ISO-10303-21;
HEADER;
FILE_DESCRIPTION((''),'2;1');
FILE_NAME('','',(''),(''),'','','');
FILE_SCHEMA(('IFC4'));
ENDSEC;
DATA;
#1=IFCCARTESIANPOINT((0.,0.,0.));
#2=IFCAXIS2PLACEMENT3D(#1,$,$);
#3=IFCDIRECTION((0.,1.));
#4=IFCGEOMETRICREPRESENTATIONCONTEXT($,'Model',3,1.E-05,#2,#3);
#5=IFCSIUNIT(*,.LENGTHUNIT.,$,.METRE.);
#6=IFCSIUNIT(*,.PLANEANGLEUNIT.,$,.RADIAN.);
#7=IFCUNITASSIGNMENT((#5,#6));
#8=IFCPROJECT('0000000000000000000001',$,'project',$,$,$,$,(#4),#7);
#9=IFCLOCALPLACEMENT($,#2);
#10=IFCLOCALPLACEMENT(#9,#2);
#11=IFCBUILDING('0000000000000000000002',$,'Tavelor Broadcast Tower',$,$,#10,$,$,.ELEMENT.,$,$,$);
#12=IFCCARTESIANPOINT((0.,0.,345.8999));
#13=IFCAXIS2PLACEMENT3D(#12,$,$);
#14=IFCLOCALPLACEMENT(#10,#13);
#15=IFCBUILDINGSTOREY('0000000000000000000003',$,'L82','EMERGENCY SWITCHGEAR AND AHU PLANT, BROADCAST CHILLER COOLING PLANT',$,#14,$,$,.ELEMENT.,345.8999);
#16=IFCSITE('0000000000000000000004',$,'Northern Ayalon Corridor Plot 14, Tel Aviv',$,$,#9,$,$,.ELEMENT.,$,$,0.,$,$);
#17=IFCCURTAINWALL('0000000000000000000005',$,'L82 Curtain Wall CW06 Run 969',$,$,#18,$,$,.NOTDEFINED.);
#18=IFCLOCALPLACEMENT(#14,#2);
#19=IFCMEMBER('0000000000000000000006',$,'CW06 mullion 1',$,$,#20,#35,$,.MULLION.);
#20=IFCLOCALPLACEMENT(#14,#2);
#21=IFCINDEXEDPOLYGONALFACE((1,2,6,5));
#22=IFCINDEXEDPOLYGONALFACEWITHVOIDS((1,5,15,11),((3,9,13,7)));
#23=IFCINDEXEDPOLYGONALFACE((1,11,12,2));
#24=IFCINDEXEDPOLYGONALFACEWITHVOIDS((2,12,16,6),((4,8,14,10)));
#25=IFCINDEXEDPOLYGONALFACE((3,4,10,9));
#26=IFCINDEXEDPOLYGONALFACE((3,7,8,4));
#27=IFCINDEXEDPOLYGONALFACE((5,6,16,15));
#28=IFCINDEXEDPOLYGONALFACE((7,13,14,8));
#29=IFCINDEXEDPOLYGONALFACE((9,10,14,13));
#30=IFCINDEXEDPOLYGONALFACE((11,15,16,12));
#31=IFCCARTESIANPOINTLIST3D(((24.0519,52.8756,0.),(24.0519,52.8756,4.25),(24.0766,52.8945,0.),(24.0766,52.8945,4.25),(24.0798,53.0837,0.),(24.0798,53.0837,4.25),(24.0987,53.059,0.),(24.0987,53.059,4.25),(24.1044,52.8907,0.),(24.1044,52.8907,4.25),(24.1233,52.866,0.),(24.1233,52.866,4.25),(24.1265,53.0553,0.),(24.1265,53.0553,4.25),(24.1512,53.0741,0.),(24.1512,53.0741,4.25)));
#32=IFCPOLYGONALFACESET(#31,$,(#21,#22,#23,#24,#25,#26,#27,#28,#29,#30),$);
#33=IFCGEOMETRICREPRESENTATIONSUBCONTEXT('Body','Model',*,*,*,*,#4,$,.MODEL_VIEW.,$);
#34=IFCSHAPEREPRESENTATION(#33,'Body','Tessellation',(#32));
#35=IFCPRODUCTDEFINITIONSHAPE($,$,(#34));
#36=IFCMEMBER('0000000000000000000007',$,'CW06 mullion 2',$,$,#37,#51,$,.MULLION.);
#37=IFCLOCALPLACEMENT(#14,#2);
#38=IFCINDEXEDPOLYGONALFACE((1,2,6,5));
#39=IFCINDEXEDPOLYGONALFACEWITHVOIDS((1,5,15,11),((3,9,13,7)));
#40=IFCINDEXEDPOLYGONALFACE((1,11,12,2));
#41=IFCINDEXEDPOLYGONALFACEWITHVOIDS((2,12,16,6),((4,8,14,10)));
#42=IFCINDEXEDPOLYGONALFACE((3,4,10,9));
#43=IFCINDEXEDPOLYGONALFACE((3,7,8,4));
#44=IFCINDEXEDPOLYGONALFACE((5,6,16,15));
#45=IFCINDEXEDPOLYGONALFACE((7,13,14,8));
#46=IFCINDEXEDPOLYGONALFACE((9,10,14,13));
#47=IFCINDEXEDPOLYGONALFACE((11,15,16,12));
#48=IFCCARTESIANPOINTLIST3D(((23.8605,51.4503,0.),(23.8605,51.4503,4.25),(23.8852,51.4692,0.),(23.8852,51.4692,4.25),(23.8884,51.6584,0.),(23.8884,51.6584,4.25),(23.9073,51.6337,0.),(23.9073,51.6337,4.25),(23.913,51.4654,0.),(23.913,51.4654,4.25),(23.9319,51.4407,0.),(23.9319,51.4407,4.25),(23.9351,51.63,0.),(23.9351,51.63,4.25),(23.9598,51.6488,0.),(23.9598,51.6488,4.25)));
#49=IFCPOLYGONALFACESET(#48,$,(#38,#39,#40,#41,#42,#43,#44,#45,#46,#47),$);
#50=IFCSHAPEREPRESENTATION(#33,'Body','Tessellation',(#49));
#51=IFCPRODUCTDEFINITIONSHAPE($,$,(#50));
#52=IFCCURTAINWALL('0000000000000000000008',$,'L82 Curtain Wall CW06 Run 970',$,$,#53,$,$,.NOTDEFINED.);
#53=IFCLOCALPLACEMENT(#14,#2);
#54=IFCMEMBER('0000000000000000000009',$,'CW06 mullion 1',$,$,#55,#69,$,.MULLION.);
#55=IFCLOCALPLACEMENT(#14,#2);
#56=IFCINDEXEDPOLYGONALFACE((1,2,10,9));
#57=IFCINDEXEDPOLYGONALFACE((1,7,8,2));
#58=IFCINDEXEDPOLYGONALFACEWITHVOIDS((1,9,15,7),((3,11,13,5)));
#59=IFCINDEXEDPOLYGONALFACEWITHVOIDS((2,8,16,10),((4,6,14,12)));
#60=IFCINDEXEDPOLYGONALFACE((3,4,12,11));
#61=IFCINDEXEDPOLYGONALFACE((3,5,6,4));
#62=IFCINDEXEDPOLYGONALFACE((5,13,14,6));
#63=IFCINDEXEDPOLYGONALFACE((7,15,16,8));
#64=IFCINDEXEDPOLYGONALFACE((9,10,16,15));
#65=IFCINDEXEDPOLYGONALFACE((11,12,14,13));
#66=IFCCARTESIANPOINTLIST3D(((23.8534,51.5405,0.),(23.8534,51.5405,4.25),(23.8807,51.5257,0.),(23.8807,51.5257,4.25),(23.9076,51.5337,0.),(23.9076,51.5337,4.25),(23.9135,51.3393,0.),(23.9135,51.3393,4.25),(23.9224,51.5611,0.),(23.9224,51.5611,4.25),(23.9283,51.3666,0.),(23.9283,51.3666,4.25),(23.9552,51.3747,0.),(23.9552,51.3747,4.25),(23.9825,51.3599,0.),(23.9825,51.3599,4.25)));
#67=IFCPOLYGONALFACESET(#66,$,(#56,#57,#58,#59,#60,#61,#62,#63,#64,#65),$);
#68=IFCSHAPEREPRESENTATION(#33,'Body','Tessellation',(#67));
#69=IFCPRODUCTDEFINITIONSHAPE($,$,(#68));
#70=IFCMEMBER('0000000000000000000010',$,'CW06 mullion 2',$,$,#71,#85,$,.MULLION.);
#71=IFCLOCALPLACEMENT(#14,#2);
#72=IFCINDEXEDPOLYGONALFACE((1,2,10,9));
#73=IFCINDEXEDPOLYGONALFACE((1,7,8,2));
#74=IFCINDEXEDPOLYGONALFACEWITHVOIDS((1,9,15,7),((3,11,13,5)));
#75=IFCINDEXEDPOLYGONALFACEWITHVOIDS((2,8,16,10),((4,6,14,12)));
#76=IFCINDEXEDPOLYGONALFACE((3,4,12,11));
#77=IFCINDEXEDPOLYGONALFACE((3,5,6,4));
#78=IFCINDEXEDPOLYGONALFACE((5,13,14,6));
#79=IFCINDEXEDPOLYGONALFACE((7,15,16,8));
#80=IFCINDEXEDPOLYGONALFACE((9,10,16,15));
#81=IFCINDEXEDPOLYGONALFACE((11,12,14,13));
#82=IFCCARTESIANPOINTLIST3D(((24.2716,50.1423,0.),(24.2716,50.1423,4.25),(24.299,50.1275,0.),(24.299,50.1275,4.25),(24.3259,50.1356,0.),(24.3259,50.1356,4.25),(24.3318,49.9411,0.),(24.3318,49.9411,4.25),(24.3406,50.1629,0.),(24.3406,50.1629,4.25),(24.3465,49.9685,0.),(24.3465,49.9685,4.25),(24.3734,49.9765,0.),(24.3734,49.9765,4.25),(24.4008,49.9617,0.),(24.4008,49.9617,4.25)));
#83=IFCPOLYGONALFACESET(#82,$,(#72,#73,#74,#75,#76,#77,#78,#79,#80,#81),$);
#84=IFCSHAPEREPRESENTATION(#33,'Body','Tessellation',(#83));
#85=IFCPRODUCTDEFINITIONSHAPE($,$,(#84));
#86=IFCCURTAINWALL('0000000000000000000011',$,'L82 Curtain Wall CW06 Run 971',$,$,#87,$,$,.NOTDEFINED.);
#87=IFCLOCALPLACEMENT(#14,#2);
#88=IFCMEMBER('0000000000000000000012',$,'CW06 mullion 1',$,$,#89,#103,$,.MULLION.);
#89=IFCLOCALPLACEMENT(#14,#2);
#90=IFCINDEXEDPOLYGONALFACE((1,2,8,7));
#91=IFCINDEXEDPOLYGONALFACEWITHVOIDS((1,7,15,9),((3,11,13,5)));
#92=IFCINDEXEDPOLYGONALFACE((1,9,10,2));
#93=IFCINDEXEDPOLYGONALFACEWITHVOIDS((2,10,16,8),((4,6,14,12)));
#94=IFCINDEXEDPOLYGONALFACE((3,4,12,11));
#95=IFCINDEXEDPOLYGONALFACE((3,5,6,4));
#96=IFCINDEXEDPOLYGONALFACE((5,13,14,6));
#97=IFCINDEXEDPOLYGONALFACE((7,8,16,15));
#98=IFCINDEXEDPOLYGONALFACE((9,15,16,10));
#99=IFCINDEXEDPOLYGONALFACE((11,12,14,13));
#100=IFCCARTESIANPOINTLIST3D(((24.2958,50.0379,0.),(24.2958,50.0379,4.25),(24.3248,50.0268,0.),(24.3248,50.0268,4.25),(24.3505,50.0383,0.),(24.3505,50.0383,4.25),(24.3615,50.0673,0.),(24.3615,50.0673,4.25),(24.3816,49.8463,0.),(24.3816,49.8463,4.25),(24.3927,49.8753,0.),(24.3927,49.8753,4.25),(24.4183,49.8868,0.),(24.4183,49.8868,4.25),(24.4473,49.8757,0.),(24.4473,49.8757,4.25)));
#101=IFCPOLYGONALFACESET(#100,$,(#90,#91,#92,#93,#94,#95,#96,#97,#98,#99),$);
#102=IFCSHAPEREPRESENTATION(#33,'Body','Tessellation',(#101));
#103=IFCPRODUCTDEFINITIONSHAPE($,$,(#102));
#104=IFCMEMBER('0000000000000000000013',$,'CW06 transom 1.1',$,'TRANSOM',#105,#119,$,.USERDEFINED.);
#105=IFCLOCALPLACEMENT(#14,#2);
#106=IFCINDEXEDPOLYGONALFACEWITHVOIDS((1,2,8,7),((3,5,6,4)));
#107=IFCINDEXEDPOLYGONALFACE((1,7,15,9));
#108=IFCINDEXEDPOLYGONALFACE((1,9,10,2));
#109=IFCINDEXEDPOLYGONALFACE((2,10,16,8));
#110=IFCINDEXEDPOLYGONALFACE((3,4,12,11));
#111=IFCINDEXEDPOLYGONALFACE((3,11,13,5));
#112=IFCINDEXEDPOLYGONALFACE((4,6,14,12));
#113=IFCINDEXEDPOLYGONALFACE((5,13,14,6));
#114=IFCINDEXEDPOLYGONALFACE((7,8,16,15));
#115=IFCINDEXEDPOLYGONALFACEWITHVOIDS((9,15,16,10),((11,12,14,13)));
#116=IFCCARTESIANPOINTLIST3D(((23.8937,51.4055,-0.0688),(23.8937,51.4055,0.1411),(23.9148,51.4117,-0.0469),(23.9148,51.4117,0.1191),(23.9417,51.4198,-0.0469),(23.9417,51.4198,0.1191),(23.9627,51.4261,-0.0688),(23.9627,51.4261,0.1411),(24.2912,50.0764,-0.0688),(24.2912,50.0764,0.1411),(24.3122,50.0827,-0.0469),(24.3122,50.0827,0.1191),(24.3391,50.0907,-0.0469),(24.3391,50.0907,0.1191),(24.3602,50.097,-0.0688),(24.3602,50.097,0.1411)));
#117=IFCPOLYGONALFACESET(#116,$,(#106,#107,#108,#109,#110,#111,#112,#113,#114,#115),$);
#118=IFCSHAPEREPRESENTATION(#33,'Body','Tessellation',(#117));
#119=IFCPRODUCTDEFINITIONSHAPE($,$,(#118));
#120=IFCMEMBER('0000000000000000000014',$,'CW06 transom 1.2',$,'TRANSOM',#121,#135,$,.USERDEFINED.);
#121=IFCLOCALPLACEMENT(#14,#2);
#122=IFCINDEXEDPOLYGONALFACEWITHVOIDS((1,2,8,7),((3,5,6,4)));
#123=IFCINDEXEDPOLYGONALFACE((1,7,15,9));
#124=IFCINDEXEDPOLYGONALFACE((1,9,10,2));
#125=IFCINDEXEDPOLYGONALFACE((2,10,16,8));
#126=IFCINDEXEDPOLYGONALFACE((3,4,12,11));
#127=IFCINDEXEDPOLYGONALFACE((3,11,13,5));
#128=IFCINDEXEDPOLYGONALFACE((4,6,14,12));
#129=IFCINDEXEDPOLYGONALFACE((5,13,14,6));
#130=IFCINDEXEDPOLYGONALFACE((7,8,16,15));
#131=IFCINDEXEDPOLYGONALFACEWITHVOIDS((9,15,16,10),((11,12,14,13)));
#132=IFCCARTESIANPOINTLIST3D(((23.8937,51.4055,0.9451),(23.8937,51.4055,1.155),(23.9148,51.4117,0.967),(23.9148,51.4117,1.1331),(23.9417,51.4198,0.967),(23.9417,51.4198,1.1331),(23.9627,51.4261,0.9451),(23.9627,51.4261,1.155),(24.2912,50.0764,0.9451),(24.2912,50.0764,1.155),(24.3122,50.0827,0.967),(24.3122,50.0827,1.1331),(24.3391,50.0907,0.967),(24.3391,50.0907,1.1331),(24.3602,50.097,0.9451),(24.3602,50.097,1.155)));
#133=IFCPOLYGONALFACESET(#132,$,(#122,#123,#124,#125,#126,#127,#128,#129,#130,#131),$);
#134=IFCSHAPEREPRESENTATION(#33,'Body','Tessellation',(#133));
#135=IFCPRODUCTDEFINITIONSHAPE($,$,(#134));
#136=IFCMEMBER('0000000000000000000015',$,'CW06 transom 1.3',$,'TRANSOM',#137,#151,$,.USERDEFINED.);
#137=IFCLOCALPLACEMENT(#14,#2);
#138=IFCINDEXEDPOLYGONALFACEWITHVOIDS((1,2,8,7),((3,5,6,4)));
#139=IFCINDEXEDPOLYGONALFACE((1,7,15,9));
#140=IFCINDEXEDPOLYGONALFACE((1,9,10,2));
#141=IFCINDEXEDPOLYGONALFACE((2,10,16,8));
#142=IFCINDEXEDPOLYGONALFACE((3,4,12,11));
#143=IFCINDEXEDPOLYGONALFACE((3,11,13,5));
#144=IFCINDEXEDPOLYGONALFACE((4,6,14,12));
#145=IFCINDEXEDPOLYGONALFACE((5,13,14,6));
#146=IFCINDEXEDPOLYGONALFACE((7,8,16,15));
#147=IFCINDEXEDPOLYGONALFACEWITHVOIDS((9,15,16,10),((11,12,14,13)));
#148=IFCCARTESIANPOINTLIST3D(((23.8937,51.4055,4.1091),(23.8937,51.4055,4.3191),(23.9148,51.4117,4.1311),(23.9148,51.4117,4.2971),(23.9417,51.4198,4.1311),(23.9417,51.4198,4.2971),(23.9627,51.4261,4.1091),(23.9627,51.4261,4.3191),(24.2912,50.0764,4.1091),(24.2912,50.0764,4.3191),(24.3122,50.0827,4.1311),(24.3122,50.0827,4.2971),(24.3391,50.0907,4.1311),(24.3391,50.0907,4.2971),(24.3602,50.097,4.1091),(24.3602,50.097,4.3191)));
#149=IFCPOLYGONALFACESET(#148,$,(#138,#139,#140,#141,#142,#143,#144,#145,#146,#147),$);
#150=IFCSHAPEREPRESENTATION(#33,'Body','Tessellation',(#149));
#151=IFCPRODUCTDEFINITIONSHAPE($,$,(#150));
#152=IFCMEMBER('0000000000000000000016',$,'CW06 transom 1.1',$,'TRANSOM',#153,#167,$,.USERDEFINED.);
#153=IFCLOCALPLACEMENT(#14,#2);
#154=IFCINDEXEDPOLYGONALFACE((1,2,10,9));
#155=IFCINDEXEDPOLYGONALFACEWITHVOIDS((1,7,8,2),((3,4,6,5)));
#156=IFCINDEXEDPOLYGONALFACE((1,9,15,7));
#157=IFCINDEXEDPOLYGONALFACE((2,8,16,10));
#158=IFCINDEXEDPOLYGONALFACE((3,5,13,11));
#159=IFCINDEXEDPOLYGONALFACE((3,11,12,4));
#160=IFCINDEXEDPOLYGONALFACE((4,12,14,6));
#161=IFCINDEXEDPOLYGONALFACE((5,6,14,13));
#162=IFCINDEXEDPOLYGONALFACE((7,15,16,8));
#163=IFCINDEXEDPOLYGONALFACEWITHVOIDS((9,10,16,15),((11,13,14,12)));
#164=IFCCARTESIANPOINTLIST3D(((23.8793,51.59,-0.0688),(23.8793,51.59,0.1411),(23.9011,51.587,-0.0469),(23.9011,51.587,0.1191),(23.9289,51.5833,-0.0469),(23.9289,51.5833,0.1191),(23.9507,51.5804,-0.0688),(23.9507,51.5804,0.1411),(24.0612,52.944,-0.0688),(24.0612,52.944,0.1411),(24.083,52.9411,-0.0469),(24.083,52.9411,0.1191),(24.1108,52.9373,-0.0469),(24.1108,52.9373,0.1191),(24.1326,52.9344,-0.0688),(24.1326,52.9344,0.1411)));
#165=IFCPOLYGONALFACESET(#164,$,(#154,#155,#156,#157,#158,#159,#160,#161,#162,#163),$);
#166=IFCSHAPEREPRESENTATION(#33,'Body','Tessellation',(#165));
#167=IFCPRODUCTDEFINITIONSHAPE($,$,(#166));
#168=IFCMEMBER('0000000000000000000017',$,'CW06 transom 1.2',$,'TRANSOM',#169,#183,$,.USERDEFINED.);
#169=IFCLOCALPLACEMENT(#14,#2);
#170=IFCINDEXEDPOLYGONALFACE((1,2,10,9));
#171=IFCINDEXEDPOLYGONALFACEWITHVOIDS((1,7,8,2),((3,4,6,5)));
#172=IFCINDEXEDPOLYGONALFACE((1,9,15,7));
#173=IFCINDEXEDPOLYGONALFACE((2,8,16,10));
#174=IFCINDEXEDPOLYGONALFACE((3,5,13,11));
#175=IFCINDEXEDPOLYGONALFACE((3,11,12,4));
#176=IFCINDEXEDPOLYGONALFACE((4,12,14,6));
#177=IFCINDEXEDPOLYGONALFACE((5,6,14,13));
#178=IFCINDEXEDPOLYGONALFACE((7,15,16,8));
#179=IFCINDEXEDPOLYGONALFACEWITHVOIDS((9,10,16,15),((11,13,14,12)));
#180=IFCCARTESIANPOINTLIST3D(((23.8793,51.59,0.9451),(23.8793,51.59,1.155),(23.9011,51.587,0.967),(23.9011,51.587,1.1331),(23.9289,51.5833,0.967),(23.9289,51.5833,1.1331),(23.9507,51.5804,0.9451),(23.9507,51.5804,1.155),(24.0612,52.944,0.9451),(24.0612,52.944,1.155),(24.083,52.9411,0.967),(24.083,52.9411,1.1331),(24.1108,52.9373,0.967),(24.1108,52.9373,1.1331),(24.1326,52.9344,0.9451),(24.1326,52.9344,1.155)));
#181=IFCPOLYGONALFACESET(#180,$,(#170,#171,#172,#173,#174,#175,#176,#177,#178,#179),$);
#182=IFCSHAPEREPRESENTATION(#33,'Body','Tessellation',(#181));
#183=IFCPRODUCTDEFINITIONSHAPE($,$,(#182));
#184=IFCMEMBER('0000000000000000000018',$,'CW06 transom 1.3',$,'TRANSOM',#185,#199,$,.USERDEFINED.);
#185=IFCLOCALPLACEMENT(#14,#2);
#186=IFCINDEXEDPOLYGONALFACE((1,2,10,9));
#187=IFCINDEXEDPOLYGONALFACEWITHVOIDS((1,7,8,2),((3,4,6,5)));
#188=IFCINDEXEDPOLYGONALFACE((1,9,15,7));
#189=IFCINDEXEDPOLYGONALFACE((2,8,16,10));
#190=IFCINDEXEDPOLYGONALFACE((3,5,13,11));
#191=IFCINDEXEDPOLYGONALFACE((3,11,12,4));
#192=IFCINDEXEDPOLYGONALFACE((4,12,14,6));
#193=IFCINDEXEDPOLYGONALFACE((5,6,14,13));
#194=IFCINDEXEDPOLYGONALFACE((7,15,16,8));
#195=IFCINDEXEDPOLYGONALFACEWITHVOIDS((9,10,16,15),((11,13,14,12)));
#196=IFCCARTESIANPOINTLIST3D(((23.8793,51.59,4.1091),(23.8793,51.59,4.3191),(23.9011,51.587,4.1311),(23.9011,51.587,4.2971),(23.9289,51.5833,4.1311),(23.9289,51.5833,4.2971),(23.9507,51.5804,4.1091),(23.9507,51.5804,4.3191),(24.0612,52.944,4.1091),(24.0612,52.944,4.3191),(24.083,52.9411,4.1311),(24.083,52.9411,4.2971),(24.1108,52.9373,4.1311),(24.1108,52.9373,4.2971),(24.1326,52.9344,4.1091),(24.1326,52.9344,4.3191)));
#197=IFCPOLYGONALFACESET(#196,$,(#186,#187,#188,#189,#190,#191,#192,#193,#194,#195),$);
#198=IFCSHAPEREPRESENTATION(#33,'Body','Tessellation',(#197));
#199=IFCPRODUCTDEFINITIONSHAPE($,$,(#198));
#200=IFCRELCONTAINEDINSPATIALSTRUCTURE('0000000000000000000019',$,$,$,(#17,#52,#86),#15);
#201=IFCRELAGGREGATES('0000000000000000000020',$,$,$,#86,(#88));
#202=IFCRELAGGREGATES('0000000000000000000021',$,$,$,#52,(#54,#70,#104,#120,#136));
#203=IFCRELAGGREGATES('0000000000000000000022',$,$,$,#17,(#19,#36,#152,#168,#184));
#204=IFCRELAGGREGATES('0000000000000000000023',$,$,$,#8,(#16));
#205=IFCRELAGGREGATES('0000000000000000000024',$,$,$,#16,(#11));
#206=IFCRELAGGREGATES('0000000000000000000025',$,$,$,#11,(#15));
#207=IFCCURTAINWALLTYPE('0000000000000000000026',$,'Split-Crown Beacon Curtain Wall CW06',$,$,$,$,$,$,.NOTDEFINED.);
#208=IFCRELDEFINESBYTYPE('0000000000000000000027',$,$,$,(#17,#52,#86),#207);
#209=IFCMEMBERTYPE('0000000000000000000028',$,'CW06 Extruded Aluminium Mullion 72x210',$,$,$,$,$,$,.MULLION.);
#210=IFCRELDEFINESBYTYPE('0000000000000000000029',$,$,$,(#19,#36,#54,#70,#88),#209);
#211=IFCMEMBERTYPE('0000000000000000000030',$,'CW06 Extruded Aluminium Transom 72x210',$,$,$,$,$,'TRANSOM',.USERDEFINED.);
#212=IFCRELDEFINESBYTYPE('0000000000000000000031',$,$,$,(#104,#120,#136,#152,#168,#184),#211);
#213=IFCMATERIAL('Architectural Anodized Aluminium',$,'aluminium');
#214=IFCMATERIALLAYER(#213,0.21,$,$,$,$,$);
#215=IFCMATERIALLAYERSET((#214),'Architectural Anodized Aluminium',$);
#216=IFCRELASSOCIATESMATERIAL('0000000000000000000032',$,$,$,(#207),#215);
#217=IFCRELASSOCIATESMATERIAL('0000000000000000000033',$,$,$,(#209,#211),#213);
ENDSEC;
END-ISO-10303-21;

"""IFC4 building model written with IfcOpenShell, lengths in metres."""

from ifc_helpers import new_model, si_unit, direction, frame, origin, origin_2d, place, context, subcontext, project, spatial, hollow_rectangle, extrude, source, transform, mapped, material, layer, layer_set, material_profile, profile_set, type_object, type_shapes, element, aggregate, save


model = new_model("IFC4")

# Units and contexts
model_context = context("Model", 3, precision=1e-05, world=origin(), true_north=direction((0.0, 1.0)))
body_context = subcontext(model_context, "Body", "Model", "MODEL_VIEW")
ifc_project = project(units=[si_unit("LENGTHUNIT", "METRE"), si_unit("PLANEANGLEUNIT", "RADIAN")], contexts=[model_context])

# Site, building, storey
site_placement = place(None, origin())
site = spatial("IfcSite", under=ifc_project, at=site_placement, Name="Northern Ayalon Corridor Plot 14, Tel Aviv", CompositionType="ELEMENT", RefElevation=0.0)
building_placement = place(site_placement, origin())
building = spatial("IfcBuilding", under=site, at=building_placement, Name="Tavelor Broadcast Tower", CompositionType="ELEMENT")
storey_placement = place(building_placement, frame((0.0, 0.0, 345.8999)))
storey = spatial("IfcBuildingStorey", under=building, at=storey_placement, Name="L82", Description="EMERGENCY SWITCHGEAR AND AHU PLANT, BROADCAST CHILLER COOLING PLANT", CompositionType="ELEMENT", Elevation=345.8999)

# Curtain walls, members
ifc_material_1 = material(Name="Architectural Anodized Aluminium", Category="aluminium")
ifc_layer_1 = layer(ifc_material_1, 0.21)
ifc_layer_set_1 = layer_set([ifc_layer_1], Name="Architectural Anodized Aluminium")
curtain_wall_type = type_object("IfcCurtainWallType", Name="Split-Crown Beacon Curtain Wall CW06", PredefinedType="NOTDEFINED", material=ifc_layer_set_1)
curtain_wall_1_placement = place(storey_placement, origin())
curtain_wall_1 = element("IfcCurtainWall", 1, at=curtain_wall_1_placement, inside=storey, type_object=curtain_wall_type, Name="L82 Curtain Wall CW06 Run 969", PredefinedType="NOTDEFINED")
ifc_material_profile_1 = material_profile(ifc_material_1, hollow_rectangle(XDim=0.072, YDim=0.21, WallThickness=0.022, at=origin_2d()), Name="RHS 72x210x22")
ifc_profile_set_1 = profile_set([ifc_material_profile_1], Name="Architectural Anodized Aluminium")
member_type_1 = type_object("IfcMemberType", Name="CW06 Extruded Aluminium Mullion 72x210", PredefinedType="MULLION", material=ifc_profile_set_1)
shared_shape_1 = source(origin(), body_context, "Body", "SweptSolid", [
    extrude(hollow_rectangle(XDim=0.072, YDim=0.21, WallThickness=0.022, at=origin_2d()), origin(), (0.0, 0.0, 1.0), 4.25),
])
type_shapes(member_type_1, [shared_shape_1])
member_1_placement = place(storey_placement, frame((24.1016, 52.9749, 0.0), z_axis=(0.0, 0.0, 1.0), x_axis=(0.991103, -0.133101, 0.0)))
member_1 = element("IfcMember", 2, at=member_1_placement, type_object=member_type_1, Name="CW06 mullion 1", PredefinedType="MULLION", context=body_context, shape_type="MappedRepresentation", body=[
    mapped(shared_shape_1, transform((0.0, 0.0, 0.0), scale=1.0)),
])
member_2_placement = place(storey_placement, frame((23.9102, 51.5496, 0.0), z_axis=(0.0, 0.0, 1.0), x_axis=(0.991103, -0.133101, 0.0)))
member_2 = element("IfcMember", 3, at=member_2_placement, type_object=member_type_1, Name="CW06 mullion 2", PredefinedType="MULLION", context=body_context, shape_type="MappedRepresentation", body=[
    mapped(shared_shape_1, transform((0.0, 0.0, 0.0), scale=1.0)),
])
curtain_wall_2_placement = place(storey_placement, origin())
curtain_wall_2 = element("IfcCurtainWall", 4, at=curtain_wall_2_placement, inside=storey, type_object=curtain_wall_type, Name="L82 Curtain Wall CW06 Run 970", PredefinedType="NOTDEFINED")
member_3_placement = place(storey_placement, frame((23.918, 51.4502, 0.0), z_axis=(0.0, 0.0, 1.0), x_axis=(0.958083, 0.286491, 0.0)))
member_3 = element("IfcMember", 5, at=member_3_placement, type_object=member_type_1, Name="CW06 mullion 1", PredefinedType="MULLION", context=body_context, shape_type="MappedRepresentation", body=[
    mapped(shared_shape_1, transform((0.0, 0.0, 0.0), scale=1.0)),
])
member_4_placement = place(storey_placement, frame((24.3362, 50.052, 0.0), z_axis=(0.0, 0.0, 1.0), x_axis=(0.958083, 0.286491, 0.0)))
member_4 = element("IfcMember", 6, at=member_4_placement, type_object=member_type_1, Name="CW06 mullion 2", PredefinedType="MULLION", context=body_context, shape_type="MappedRepresentation", body=[
    mapped(shared_shape_1, transform((0.0, 0.0, 0.0), scale=1.0)),
])

# Curtain wall, member
curtain_wall_3_placement = place(storey_placement, origin())
curtain_wall_3 = element("IfcCurtainWall", 7, at=curtain_wall_3_placement, inside=storey, type_object=curtain_wall_type, Name="L82 Curtain Wall CW06 Run 971", PredefinedType="NOTDEFINED")
member_5_placement = place(storey_placement, frame((24.3716, 49.9568, 0.0), z_axis=(0.0, 0.0, 1.0), x_axis=(0.912691, 0.408649, 0.0)))
member_5 = element("IfcMember", 8, at=member_5_placement, type_object=member_type_1, Name="CW06 mullion 1", PredefinedType="MULLION", context=body_context, shape_type="MappedRepresentation", body=[
    mapped(shared_shape_1, transform((0.0, 0.0, 0.0), scale=1.0)),
])

# Members
ifc_material_profile_2 = material_profile(ifc_material_1, hollow_rectangle(XDim=0.072, YDim=0.21, WallThickness=0.022, at=origin_2d()), Name="RHS 72x210x22")
ifc_profile_set_2 = profile_set([ifc_material_profile_2], Name="Architectural Anodized Aluminium")
member_type_2 = type_object("IfcMemberType", Name="CW06 Extruded Aluminium Transom 72x210", ElementType="TRANSOM", PredefinedType="USERDEFINED", material=ifc_profile_set_2)
shared_shape_2 = source(origin(), body_context, "Body", "SweptSolid", [
    extrude(hollow_rectangle(XDim=0.072, YDim=0.21, WallThickness=0.022, at=origin_2d()), origin(), (0.0, 0.0, 1.0), 1.3872),
])
member_6_placement = place(storey_placement, frame((23.9282, 51.4158, 0.0361), z_axis=(0.286508, -0.958078, 0.0), x_axis=(0.958078, 0.286508, 0.0)))
member_6 = element("IfcMember", 9, at=member_6_placement, type_object=member_type_2, Name="CW06 transom 1.1", ObjectType="TRANSOM", PredefinedType="USERDEFINED", context=body_context, shape_type="MappedRepresentation", body=[
    mapped(shared_shape_2, transform((0.0, 0.0, 0.0), scale=1.0)),
])
member_7_placement = place(storey_placement, frame((23.9282, 51.4158, 1.05), z_axis=(0.286508, -0.958078, 0.0), x_axis=(0.958078, 0.286508, 0.0)))
member_7 = element("IfcMember", 10, at=member_7_placement, type_object=member_type_2, Name="CW06 transom 1.2", ObjectType="TRANSOM", PredefinedType="USERDEFINED", context=body_context, shape_type="MappedRepresentation", body=[
    mapped(shared_shape_2, transform((0.0, 0.0, 0.0), scale=1.0)),
])
member_8_placement = place(storey_placement, frame((23.9282, 51.4158, 4.2141), z_axis=(0.286508, -0.958078, 0.0), x_axis=(0.958078, 0.286508, 0.0)))
member_8 = element("IfcMember", 11, at=member_8_placement, type_object=member_type_2, Name="CW06 transom 1.3", ObjectType="TRANSOM", PredefinedType="USERDEFINED", context=body_context, shape_type="MappedRepresentation", body=[
    mapped(shared_shape_2, transform((0.0, 0.0, 0.0), scale=1.0)),
])
shared_shape_3 = source(origin(), body_context, "Body", "SweptSolid", [
    extrude(hollow_rectangle(XDim=0.072, YDim=0.21, WallThickness=0.022, at=origin_2d()), origin(), (0.0, 0.0, 1.0), 1.3662),
])
member_9_placement = place(storey_placement, frame((24.0969, 52.9392, 0.0361), z_axis=(-0.133135, -0.991098, 0.0), x_axis=(0.991098, -0.133135, 0.0)))
member_9 = element("IfcMember", 12, at=member_9_placement, type_object=member_type_2, Name="CW06 transom 1.1", ObjectType="TRANSOM", PredefinedType="USERDEFINED", context=body_context, shape_type="MappedRepresentation", body=[
    mapped(shared_shape_3, transform((0.0, 0.0, 0.0), scale=1.0)),
])
member_10_placement = place(storey_placement, frame((24.0969, 52.9392, 1.05), z_axis=(-0.133135, -0.991098, 0.0), x_axis=(0.991098, -0.133135, 0.0)))
member_10 = element("IfcMember", 13, at=member_10_placement, type_object=member_type_2, Name="CW06 transom 1.2", ObjectType="TRANSOM", PredefinedType="USERDEFINED", context=body_context, shape_type="MappedRepresentation", body=[
    mapped(shared_shape_3, transform((0.0, 0.0, 0.0), scale=1.0)),
])
member_11_placement = place(storey_placement, frame((24.0969, 52.9392, 4.2141), z_axis=(-0.133135, -0.991098, 0.0), x_axis=(0.991098, -0.133135, 0.0)))
member_11 = element("IfcMember", 14, at=member_11_placement, type_object=member_type_2, Name="CW06 transom 1.3", ObjectType="TRANSOM", PredefinedType="USERDEFINED", context=body_context, shape_type="MappedRepresentation", body=[
    mapped(shared_shape_3, transform((0.0, 0.0, 0.0), scale=1.0)),
])
aggregate(curtain_wall_3, [member_5])

aggregate(curtain_wall_2, [member_3, member_4, member_6, member_7, member_8])
aggregate(curtain_wall_1, [member_1, member_2, member_9, member_10, member_11])

save(model, "model.ifc")
